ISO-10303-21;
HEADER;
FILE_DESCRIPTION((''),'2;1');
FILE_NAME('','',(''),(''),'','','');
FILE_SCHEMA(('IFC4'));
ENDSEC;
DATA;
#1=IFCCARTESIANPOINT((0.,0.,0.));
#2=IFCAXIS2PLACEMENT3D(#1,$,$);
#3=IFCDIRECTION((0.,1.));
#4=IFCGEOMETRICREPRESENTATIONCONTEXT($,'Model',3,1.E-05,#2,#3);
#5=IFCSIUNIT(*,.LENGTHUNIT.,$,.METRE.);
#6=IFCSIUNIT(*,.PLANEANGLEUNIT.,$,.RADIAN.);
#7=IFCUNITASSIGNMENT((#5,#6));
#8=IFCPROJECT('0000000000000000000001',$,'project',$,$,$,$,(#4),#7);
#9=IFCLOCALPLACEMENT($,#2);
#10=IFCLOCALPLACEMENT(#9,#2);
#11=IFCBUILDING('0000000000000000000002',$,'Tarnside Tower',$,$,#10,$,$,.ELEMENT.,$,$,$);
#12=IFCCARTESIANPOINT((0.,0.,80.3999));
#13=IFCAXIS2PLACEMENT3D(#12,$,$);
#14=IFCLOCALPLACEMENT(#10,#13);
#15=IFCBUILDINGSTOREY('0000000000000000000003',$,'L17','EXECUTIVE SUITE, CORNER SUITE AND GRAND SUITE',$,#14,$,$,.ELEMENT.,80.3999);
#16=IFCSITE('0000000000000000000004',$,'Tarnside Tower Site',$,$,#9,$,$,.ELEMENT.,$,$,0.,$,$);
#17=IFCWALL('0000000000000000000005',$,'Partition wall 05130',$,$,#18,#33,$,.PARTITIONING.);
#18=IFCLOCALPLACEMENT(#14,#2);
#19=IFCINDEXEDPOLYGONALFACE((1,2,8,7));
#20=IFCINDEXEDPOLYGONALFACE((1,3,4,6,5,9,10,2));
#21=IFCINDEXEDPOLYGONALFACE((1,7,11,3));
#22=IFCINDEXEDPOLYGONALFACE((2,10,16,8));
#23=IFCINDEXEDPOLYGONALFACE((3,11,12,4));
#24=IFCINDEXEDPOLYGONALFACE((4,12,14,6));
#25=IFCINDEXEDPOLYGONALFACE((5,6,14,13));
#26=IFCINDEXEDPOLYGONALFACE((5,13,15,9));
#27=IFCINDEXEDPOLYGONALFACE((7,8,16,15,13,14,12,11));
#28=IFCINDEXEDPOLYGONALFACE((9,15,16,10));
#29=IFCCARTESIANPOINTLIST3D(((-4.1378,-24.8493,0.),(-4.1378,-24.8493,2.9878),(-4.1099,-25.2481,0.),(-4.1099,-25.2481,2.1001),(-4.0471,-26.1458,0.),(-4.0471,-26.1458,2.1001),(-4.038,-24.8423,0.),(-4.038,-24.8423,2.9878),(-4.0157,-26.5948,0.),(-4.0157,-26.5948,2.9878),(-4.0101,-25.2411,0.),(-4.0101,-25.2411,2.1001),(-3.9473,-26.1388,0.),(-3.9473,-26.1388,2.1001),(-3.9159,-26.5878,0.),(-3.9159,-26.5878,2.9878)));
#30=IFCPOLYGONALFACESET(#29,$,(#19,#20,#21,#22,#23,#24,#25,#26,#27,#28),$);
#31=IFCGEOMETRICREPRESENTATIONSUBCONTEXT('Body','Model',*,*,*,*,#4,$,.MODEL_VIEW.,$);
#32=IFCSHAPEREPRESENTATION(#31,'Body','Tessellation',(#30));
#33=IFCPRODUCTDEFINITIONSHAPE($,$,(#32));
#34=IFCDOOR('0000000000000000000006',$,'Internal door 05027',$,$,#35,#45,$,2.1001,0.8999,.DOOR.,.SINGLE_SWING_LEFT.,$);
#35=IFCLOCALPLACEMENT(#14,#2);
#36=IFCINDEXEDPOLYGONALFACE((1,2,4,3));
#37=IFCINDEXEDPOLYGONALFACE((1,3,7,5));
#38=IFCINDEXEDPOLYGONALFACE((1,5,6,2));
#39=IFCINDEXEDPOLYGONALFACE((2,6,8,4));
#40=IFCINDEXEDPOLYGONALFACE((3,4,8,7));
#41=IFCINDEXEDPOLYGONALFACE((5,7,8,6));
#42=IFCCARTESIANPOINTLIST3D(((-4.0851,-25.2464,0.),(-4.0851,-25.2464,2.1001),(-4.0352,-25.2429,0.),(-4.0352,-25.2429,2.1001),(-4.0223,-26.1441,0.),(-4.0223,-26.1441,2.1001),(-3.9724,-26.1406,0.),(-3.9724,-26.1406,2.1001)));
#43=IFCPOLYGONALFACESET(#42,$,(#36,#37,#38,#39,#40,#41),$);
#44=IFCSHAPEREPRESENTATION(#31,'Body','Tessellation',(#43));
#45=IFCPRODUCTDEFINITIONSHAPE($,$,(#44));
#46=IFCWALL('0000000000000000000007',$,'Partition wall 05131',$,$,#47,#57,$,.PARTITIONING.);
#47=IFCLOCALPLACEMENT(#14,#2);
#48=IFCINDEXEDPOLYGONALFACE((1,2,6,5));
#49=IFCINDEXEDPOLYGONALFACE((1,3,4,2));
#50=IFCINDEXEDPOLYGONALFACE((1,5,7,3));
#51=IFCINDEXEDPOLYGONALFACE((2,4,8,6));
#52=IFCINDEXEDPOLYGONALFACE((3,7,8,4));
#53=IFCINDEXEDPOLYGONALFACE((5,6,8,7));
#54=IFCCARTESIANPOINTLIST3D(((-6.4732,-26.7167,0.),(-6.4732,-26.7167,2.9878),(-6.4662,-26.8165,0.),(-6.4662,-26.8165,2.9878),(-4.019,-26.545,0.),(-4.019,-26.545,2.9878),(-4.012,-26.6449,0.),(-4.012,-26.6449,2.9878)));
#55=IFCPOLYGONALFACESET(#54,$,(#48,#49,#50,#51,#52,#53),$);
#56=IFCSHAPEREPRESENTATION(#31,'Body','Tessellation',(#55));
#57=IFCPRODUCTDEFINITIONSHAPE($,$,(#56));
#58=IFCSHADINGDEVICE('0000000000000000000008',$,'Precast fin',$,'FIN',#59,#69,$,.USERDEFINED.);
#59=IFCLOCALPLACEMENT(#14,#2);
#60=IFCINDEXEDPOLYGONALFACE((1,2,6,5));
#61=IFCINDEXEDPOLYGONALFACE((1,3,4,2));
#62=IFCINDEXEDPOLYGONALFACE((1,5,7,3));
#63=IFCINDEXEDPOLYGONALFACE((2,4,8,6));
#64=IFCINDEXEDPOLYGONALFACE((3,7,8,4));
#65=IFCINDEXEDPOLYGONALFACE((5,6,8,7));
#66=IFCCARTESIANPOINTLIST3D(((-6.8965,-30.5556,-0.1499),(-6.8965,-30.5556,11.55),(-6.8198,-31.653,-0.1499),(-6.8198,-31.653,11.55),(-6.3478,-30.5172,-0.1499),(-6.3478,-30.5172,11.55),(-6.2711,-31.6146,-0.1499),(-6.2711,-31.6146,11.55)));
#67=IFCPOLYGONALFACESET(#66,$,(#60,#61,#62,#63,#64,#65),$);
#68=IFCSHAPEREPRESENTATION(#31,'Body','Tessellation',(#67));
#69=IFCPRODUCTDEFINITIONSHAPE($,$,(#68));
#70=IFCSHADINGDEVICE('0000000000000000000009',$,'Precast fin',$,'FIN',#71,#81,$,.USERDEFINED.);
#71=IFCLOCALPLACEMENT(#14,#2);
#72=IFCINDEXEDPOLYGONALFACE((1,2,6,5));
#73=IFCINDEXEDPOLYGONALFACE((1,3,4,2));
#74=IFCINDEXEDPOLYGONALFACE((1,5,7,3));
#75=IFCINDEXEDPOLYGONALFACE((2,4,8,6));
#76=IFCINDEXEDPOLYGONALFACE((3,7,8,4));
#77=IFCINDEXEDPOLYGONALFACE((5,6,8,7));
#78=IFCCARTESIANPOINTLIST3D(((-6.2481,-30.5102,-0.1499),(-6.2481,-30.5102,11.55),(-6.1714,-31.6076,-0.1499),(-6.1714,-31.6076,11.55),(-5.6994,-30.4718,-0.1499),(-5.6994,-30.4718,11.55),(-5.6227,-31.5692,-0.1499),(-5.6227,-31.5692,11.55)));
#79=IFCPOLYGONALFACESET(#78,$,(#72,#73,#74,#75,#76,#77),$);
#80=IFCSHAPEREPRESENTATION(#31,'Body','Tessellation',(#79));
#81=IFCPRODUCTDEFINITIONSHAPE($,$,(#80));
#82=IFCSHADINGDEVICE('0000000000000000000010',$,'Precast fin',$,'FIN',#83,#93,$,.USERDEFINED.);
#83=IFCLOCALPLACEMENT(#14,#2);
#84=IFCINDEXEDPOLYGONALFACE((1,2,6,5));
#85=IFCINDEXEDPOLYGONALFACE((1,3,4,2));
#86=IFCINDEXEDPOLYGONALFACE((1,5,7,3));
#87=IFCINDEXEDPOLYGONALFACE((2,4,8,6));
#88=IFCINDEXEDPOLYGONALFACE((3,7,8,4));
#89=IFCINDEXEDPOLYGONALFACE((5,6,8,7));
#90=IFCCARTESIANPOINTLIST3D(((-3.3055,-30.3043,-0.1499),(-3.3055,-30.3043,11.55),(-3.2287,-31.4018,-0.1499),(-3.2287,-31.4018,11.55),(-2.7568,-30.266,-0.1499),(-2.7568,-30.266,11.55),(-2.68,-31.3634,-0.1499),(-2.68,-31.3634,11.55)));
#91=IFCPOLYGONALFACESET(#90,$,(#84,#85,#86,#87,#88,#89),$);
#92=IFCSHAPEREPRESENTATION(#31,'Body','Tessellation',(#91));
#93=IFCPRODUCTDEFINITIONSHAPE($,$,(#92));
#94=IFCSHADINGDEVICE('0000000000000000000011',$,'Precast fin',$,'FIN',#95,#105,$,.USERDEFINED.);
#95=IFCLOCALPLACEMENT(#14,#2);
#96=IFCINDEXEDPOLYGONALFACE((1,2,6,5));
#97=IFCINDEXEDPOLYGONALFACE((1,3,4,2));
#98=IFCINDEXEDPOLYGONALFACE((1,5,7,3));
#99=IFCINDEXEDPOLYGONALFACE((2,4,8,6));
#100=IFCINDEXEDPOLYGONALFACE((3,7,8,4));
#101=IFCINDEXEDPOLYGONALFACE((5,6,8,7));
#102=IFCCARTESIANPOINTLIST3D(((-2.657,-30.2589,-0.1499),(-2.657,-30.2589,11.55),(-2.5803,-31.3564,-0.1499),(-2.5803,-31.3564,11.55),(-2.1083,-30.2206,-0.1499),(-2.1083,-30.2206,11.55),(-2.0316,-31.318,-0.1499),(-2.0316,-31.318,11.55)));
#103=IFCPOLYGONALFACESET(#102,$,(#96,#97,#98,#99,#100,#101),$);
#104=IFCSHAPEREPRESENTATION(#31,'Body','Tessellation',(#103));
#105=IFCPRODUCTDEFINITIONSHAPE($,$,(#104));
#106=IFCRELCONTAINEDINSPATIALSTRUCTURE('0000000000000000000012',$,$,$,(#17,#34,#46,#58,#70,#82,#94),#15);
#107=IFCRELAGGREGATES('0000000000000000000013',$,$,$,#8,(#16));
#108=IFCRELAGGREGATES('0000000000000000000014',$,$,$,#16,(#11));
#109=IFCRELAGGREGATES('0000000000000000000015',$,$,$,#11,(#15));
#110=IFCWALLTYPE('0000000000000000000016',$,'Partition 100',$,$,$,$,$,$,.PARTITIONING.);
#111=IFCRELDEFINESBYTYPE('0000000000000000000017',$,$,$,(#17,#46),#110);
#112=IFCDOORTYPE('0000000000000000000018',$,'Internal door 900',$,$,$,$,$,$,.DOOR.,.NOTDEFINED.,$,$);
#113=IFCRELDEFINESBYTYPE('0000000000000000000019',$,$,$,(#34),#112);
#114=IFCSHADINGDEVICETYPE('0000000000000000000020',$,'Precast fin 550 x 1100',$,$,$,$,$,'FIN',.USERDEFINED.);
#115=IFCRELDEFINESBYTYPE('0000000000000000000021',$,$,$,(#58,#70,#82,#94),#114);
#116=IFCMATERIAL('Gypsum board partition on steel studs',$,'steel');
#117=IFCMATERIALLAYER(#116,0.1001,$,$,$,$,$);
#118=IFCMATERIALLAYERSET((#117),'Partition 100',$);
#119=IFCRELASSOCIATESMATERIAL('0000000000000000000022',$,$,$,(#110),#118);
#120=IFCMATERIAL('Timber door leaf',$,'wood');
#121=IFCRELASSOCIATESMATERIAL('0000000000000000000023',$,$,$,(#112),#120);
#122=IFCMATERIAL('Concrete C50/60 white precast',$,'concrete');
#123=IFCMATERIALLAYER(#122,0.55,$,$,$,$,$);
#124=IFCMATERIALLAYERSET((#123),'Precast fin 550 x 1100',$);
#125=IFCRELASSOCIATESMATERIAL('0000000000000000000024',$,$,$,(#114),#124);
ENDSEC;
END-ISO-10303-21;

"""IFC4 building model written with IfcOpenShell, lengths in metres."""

from ifc_helpers import new_model, si_unit, direction, frame, frame_2d, origin, place, context, subcontext, project, spatial, polyline, rectangle, outline, extrude, material, layer, layer_set, type_object, element, fill, save


model = new_model("IFC4")

# Units and contexts
model_context = context("Model", 3, precision=1e-05, world=origin(), true_north=direction((0.0, 1.0)))
body_context = subcontext(model_context, "Body", "Model", "MODEL_VIEW")
ifc_project = project(units=[si_unit("LENGTHUNIT", "METRE"), si_unit("PLANEANGLEUNIT", "RADIAN")], contexts=[model_context])

# Site, building, storey
site_placement = place(None, origin())
site = spatial("IfcSite", under=ifc_project, at=site_placement, Name="Tarnside Tower Site", CompositionType="ELEMENT", RefElevation=0.0)
building_placement = place(site_placement, origin())
building = spatial("IfcBuilding", under=site, at=building_placement, Name="Tarnside Tower", CompositionType="ELEMENT")
storey_placement = place(building_placement, frame((0.0, 0.0, 80.3999)))
storey = spatial("IfcBuildingStorey", under=building, at=storey_placement, Name="L17", Description="EXECUTIVE SUITE, CORNER SUITE AND GRAND SUITE", CompositionType="ELEMENT", Elevation=80.3999)

# Shared definitions
ifc_material_1 = material(Name="Gypsum board partition on steel studs", Category="steel")

# Shared definitions
ifc_material_2 = material(Name="Timber door leaf", Category="wood")

# Wall, opening, door
ifc_layer_1 = layer(ifc_material_1, 0.1001)
ifc_layer_set_1 = layer_set([ifc_layer_1], Name="Partition 100")
wall_type_1 = type_object("IfcWallType", Name="Partition 100", PredefinedType="PARTITIONING", material=ifc_layer_set_1)
wall_1_placement = place(storey_placement, frame((-4.0879, -24.8457, 0.0), z_axis=(0.0, 0.0, 1.0), x_axis=(0.06976, -0.997564, 0.0)))
wall_1 = element("IfcWall", 1, at=wall_1_placement, inside=storey, type_object=wall_type_1, Name="Partition wall 05130", PredefinedType="PARTITIONING", context=body_context, shape_type="SweptSolid", body=[
    extrude(rectangle(XDim=1.7498, YDim=0.1001, at=frame_2d((0.875, 0.0))), origin(), (0.0, 0.0, 1.0), 2.9878),
])
opening_1_placement = place(wall_1_placement, frame((0.3999, 0.0, 0.0)))
opening_1 = element("IfcOpeningElement", 2, at=opening_1_placement, cuts=wall_1, PredefinedType="OPENING", context=body_context, shape_type="SweptSolid", body=[
    extrude(rectangle(XDim=0.8999, YDim=2.1001, at=frame_2d((0.45, 1.05))), frame((0.0, 0.0601, 0.0), z_axis=(0.0, -1.0, 0.0), x_axis=(1.0, 0.0, 0.0)), (0.0, 0.0, 1.0), 0.1201),
])
door_type_1 = type_object("IfcDoorType", Name="Internal door 900", OperationType="NOTDEFINED", PredefinedType="DOOR", material=ifc_material_2)
door_1_placement = place(opening_1_placement, origin())
door_1 = element("IfcDoor", 3, at=door_1_placement, inside=storey, type_object=door_type_1, Name="Internal door 05027", OperationType="SINGLE_SWING_LEFT", OverallHeight=2.1001, OverallWidth=0.8999, PredefinedType="DOOR", context=body_context, shape_type="SweptSolid", body=[
    extrude(rectangle(XDim=0.8999, YDim=2.1001, at=frame_2d((0.45, 1.05))), frame((0.0, 0.0249, 0.0), z_axis=(0.0, -1.0, 0.0), x_axis=(1.0, 0.0, 0.0)), (0.0, 0.0, 1.0), 0.05),
])
fill(opening_1, door_1)

# Wall
wall_2_placement = place(storey_placement, frame((-4.0156, -26.595, 0.0), z_axis=(0.0, 0.0, 1.0), x_axis=(-0.997563, -0.069766, 0.0)))
element("IfcWall", 4, at=wall_2_placement, inside=storey, type_object=wall_type_1, Name="Partition wall 05131", PredefinedType="PARTITIONING", context=body_context, shape_type="SweptSolid", body=[
    extrude(rectangle(XDim=2.4602, YDim=0.1001, at=frame_2d((1.23, 0.0))), origin(), (0.0, 0.0, 1.0), 2.9878),
])

# Shading devices
ifc_material_3 = material(Name="Concrete C50/60 white precast", Category="concrete")
ifc_layer_2 = layer(ifc_material_3, 0.55)
ifc_layer_set_2 = layer_set([ifc_layer_2], Name="Precast fin 550 x 1100")
shading_device_type = type_object("IfcShadingDeviceType", Name="Precast fin 550 x 1100", ElementType="FIN", PredefinedType="USERDEFINED", material=ifc_layer_set_2)
for number, where, z_axis, x_axis, name in (
    (5, (-6.6221, -30.5364, -0.1499), (-0.997564, -0.069756, 0.0), (0.069756, -0.997564, 0.0), "Precast fin"),
    (6, (-5.9736, -30.491, -0.1499), (-0.997564, -0.069756, 0.0), (0.069756, -0.997564, 0.0), "Precast fin"),
    (7, (-3.031, -30.2852, -0.1499), (-0.997564, -0.069756, 0.0), (0.069756, -0.997564, 0.0), "Precast fin"),
    (8, (-2.3826, -30.2397, -0.1499), (-0.997564, -0.069756, 0.0), (0.069756, -0.997564, 0.0), "Precast fin"),
):
    element("IfcShadingDevice", number, at=place(storey_placement, frame(where, z_axis=z_axis, x_axis=x_axis)), inside=storey, type_object=shading_device_type, Name=name, ObjectType="FIN", PredefinedType="USERDEFINED", context=body_context, shape_type="SweptSolid", body=[
        extrude(outline(polyline([(0.0, 0.0), (1.1001, 0.0), (1.1001, 11.7), (0.0, 11.7), (0.0, 0.0)])), frame((0.0, 0.0, -0.2749)), (0.0, 0.0, 1.0), 0.55),
    ])

save(model, "model.ifc")
